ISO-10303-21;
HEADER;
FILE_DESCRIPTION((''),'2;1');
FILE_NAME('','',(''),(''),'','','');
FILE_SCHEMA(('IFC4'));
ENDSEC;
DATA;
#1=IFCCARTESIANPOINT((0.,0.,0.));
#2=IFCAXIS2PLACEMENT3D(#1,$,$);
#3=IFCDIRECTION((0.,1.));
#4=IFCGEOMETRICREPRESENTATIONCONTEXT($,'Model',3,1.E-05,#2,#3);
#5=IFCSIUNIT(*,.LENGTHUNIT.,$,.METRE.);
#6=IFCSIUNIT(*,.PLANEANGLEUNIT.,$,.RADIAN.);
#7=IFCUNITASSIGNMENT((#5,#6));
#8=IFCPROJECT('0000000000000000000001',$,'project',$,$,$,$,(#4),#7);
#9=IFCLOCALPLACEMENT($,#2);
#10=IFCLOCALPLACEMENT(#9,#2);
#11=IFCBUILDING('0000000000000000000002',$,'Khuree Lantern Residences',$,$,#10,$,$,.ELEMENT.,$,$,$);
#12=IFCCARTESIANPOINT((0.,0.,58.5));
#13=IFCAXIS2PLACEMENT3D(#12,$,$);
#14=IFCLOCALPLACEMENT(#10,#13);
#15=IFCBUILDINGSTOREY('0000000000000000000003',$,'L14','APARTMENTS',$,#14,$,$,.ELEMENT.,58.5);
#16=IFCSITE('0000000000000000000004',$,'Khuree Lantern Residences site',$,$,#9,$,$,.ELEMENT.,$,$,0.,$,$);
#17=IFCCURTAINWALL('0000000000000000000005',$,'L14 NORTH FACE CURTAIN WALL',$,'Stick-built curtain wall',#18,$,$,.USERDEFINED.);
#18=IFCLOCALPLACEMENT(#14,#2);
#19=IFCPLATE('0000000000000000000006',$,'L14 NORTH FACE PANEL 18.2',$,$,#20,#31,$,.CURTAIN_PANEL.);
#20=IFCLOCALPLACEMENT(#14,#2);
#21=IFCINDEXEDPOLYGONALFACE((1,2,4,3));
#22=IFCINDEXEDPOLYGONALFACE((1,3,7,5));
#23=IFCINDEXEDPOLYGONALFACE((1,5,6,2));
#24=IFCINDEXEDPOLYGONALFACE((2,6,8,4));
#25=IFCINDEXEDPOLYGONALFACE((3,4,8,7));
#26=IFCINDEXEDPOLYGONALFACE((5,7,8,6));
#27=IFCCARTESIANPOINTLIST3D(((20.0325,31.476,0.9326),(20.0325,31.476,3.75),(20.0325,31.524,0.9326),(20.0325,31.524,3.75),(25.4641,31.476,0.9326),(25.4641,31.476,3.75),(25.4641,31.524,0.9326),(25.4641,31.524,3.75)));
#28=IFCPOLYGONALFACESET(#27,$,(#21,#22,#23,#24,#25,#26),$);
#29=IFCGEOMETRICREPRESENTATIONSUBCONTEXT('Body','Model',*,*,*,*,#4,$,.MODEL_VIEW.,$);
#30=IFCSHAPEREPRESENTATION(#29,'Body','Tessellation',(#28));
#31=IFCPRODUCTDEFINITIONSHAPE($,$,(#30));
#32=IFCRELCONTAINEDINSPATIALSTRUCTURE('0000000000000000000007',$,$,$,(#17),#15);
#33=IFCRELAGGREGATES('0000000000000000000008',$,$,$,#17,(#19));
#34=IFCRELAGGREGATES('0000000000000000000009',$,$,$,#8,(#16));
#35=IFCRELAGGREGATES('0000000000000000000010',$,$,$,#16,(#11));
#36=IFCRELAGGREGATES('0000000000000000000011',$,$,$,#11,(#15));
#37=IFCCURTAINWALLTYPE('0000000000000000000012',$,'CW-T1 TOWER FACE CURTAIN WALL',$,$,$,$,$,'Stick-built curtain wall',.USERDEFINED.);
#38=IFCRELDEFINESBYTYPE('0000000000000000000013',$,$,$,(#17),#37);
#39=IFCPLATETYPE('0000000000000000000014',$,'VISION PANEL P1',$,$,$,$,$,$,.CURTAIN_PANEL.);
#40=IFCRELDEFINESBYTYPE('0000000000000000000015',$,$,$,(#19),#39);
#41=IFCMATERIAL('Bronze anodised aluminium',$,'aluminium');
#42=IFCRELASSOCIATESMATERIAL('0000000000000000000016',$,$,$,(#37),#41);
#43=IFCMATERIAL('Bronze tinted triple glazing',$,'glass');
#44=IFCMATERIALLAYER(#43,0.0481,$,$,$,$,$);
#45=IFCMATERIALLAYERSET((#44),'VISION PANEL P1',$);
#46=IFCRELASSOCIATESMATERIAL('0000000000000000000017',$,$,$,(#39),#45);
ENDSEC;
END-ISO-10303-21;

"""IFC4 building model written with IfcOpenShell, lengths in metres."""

from ifc_helpers import new_model, si_unit, direction, frame, origin, origin_2d, place, context, subcontext, project, spatial, rectangle, extrude, material, layer, layer_set, type_object, element, aggregate, save


model = new_model("IFC4")

# Units and contexts
model_context = context("Model", 3, precision=1e-05, world=origin(), true_north=direction((0.0, 1.0)))
body_context = subcontext(model_context, "Body", "Model", "MODEL_VIEW")
ifc_project = project(units=[si_unit("LENGTHUNIT", "METRE"), si_unit("PLANEANGLEUNIT", "RADIAN")], contexts=[model_context])

# Site, building, storey
site_placement = place(None, origin())
site = spatial("IfcSite", under=ifc_project, at=site_placement, Name="Khuree Lantern Residences site", CompositionType="ELEMENT", RefElevation=0.0)
building_placement = place(site_placement, origin())
building = spatial("IfcBuilding", under=site, at=building_placement, Name="Khuree Lantern Residences", CompositionType="ELEMENT")
storey_placement = place(building_placement, frame((0.0, 0.0, 58.5)))
storey = spatial("IfcBuildingStorey", under=building, at=storey_placement, Name="L14", Description="APARTMENTS", CompositionType="ELEMENT", Elevation=58.5)

# Shared definitions
ifc_material_1 = material(Name="Bronze anodised aluminium", Category="aluminium")
curtain_wall_type_1 = type_object("IfcCurtainWallType", Name="CW-T1 TOWER FACE CURTAIN WALL", ElementType="Stick-built curtain wall", PredefinedType="USERDEFINED", material=ifc_material_1)

# Curtain wall
curtain_wall_1_placement = place(storey_placement, origin())
curtain_wall_1 = element("IfcCurtainWall", 1, at=curtain_wall_1_placement, inside=storey, type_object=curtain_wall_type_1, Name="L14 NORTH FACE CURTAIN WALL", ObjectType="Stick-built curtain wall", PredefinedType="USERDEFINED")

# Plate
ifc_material_2 = material(Name="Bronze tinted triple glazing", Category="glass")
ifc_layer_1 = layer(ifc_material_2, 0.0481)
ifc_layer_set_1 = layer_set([ifc_layer_1], Name="VISION PANEL P1")
plate_type_1 = type_object("IfcPlateType", Name="VISION PANEL P1", PredefinedType="CURTAIN_PANEL", material=ifc_layer_set_1)
plate_1_placement = place(storey_placement, frame((22.7483, 31.5, 0.9326), z_axis=(0.0, 0.0, 1.0), x_axis=(-1.0, 0.0, 0.0)))
plate_1 = element("IfcPlate", 2, at=plate_1_placement, type_object=plate_type_1, Name="L14 NORTH FACE PANEL 18.2", PredefinedType="CURTAIN_PANEL", context=body_context, shape_type="SweptSolid", body=[
    extrude(rectangle(XDim=5.4316, YDim=0.0481, at=origin_2d()), origin(), (0.0, 0.0, 1.0), 2.8174),
])
aggregate(curtain_wall_1, [plate_1])

save(model, "model.ifc")
